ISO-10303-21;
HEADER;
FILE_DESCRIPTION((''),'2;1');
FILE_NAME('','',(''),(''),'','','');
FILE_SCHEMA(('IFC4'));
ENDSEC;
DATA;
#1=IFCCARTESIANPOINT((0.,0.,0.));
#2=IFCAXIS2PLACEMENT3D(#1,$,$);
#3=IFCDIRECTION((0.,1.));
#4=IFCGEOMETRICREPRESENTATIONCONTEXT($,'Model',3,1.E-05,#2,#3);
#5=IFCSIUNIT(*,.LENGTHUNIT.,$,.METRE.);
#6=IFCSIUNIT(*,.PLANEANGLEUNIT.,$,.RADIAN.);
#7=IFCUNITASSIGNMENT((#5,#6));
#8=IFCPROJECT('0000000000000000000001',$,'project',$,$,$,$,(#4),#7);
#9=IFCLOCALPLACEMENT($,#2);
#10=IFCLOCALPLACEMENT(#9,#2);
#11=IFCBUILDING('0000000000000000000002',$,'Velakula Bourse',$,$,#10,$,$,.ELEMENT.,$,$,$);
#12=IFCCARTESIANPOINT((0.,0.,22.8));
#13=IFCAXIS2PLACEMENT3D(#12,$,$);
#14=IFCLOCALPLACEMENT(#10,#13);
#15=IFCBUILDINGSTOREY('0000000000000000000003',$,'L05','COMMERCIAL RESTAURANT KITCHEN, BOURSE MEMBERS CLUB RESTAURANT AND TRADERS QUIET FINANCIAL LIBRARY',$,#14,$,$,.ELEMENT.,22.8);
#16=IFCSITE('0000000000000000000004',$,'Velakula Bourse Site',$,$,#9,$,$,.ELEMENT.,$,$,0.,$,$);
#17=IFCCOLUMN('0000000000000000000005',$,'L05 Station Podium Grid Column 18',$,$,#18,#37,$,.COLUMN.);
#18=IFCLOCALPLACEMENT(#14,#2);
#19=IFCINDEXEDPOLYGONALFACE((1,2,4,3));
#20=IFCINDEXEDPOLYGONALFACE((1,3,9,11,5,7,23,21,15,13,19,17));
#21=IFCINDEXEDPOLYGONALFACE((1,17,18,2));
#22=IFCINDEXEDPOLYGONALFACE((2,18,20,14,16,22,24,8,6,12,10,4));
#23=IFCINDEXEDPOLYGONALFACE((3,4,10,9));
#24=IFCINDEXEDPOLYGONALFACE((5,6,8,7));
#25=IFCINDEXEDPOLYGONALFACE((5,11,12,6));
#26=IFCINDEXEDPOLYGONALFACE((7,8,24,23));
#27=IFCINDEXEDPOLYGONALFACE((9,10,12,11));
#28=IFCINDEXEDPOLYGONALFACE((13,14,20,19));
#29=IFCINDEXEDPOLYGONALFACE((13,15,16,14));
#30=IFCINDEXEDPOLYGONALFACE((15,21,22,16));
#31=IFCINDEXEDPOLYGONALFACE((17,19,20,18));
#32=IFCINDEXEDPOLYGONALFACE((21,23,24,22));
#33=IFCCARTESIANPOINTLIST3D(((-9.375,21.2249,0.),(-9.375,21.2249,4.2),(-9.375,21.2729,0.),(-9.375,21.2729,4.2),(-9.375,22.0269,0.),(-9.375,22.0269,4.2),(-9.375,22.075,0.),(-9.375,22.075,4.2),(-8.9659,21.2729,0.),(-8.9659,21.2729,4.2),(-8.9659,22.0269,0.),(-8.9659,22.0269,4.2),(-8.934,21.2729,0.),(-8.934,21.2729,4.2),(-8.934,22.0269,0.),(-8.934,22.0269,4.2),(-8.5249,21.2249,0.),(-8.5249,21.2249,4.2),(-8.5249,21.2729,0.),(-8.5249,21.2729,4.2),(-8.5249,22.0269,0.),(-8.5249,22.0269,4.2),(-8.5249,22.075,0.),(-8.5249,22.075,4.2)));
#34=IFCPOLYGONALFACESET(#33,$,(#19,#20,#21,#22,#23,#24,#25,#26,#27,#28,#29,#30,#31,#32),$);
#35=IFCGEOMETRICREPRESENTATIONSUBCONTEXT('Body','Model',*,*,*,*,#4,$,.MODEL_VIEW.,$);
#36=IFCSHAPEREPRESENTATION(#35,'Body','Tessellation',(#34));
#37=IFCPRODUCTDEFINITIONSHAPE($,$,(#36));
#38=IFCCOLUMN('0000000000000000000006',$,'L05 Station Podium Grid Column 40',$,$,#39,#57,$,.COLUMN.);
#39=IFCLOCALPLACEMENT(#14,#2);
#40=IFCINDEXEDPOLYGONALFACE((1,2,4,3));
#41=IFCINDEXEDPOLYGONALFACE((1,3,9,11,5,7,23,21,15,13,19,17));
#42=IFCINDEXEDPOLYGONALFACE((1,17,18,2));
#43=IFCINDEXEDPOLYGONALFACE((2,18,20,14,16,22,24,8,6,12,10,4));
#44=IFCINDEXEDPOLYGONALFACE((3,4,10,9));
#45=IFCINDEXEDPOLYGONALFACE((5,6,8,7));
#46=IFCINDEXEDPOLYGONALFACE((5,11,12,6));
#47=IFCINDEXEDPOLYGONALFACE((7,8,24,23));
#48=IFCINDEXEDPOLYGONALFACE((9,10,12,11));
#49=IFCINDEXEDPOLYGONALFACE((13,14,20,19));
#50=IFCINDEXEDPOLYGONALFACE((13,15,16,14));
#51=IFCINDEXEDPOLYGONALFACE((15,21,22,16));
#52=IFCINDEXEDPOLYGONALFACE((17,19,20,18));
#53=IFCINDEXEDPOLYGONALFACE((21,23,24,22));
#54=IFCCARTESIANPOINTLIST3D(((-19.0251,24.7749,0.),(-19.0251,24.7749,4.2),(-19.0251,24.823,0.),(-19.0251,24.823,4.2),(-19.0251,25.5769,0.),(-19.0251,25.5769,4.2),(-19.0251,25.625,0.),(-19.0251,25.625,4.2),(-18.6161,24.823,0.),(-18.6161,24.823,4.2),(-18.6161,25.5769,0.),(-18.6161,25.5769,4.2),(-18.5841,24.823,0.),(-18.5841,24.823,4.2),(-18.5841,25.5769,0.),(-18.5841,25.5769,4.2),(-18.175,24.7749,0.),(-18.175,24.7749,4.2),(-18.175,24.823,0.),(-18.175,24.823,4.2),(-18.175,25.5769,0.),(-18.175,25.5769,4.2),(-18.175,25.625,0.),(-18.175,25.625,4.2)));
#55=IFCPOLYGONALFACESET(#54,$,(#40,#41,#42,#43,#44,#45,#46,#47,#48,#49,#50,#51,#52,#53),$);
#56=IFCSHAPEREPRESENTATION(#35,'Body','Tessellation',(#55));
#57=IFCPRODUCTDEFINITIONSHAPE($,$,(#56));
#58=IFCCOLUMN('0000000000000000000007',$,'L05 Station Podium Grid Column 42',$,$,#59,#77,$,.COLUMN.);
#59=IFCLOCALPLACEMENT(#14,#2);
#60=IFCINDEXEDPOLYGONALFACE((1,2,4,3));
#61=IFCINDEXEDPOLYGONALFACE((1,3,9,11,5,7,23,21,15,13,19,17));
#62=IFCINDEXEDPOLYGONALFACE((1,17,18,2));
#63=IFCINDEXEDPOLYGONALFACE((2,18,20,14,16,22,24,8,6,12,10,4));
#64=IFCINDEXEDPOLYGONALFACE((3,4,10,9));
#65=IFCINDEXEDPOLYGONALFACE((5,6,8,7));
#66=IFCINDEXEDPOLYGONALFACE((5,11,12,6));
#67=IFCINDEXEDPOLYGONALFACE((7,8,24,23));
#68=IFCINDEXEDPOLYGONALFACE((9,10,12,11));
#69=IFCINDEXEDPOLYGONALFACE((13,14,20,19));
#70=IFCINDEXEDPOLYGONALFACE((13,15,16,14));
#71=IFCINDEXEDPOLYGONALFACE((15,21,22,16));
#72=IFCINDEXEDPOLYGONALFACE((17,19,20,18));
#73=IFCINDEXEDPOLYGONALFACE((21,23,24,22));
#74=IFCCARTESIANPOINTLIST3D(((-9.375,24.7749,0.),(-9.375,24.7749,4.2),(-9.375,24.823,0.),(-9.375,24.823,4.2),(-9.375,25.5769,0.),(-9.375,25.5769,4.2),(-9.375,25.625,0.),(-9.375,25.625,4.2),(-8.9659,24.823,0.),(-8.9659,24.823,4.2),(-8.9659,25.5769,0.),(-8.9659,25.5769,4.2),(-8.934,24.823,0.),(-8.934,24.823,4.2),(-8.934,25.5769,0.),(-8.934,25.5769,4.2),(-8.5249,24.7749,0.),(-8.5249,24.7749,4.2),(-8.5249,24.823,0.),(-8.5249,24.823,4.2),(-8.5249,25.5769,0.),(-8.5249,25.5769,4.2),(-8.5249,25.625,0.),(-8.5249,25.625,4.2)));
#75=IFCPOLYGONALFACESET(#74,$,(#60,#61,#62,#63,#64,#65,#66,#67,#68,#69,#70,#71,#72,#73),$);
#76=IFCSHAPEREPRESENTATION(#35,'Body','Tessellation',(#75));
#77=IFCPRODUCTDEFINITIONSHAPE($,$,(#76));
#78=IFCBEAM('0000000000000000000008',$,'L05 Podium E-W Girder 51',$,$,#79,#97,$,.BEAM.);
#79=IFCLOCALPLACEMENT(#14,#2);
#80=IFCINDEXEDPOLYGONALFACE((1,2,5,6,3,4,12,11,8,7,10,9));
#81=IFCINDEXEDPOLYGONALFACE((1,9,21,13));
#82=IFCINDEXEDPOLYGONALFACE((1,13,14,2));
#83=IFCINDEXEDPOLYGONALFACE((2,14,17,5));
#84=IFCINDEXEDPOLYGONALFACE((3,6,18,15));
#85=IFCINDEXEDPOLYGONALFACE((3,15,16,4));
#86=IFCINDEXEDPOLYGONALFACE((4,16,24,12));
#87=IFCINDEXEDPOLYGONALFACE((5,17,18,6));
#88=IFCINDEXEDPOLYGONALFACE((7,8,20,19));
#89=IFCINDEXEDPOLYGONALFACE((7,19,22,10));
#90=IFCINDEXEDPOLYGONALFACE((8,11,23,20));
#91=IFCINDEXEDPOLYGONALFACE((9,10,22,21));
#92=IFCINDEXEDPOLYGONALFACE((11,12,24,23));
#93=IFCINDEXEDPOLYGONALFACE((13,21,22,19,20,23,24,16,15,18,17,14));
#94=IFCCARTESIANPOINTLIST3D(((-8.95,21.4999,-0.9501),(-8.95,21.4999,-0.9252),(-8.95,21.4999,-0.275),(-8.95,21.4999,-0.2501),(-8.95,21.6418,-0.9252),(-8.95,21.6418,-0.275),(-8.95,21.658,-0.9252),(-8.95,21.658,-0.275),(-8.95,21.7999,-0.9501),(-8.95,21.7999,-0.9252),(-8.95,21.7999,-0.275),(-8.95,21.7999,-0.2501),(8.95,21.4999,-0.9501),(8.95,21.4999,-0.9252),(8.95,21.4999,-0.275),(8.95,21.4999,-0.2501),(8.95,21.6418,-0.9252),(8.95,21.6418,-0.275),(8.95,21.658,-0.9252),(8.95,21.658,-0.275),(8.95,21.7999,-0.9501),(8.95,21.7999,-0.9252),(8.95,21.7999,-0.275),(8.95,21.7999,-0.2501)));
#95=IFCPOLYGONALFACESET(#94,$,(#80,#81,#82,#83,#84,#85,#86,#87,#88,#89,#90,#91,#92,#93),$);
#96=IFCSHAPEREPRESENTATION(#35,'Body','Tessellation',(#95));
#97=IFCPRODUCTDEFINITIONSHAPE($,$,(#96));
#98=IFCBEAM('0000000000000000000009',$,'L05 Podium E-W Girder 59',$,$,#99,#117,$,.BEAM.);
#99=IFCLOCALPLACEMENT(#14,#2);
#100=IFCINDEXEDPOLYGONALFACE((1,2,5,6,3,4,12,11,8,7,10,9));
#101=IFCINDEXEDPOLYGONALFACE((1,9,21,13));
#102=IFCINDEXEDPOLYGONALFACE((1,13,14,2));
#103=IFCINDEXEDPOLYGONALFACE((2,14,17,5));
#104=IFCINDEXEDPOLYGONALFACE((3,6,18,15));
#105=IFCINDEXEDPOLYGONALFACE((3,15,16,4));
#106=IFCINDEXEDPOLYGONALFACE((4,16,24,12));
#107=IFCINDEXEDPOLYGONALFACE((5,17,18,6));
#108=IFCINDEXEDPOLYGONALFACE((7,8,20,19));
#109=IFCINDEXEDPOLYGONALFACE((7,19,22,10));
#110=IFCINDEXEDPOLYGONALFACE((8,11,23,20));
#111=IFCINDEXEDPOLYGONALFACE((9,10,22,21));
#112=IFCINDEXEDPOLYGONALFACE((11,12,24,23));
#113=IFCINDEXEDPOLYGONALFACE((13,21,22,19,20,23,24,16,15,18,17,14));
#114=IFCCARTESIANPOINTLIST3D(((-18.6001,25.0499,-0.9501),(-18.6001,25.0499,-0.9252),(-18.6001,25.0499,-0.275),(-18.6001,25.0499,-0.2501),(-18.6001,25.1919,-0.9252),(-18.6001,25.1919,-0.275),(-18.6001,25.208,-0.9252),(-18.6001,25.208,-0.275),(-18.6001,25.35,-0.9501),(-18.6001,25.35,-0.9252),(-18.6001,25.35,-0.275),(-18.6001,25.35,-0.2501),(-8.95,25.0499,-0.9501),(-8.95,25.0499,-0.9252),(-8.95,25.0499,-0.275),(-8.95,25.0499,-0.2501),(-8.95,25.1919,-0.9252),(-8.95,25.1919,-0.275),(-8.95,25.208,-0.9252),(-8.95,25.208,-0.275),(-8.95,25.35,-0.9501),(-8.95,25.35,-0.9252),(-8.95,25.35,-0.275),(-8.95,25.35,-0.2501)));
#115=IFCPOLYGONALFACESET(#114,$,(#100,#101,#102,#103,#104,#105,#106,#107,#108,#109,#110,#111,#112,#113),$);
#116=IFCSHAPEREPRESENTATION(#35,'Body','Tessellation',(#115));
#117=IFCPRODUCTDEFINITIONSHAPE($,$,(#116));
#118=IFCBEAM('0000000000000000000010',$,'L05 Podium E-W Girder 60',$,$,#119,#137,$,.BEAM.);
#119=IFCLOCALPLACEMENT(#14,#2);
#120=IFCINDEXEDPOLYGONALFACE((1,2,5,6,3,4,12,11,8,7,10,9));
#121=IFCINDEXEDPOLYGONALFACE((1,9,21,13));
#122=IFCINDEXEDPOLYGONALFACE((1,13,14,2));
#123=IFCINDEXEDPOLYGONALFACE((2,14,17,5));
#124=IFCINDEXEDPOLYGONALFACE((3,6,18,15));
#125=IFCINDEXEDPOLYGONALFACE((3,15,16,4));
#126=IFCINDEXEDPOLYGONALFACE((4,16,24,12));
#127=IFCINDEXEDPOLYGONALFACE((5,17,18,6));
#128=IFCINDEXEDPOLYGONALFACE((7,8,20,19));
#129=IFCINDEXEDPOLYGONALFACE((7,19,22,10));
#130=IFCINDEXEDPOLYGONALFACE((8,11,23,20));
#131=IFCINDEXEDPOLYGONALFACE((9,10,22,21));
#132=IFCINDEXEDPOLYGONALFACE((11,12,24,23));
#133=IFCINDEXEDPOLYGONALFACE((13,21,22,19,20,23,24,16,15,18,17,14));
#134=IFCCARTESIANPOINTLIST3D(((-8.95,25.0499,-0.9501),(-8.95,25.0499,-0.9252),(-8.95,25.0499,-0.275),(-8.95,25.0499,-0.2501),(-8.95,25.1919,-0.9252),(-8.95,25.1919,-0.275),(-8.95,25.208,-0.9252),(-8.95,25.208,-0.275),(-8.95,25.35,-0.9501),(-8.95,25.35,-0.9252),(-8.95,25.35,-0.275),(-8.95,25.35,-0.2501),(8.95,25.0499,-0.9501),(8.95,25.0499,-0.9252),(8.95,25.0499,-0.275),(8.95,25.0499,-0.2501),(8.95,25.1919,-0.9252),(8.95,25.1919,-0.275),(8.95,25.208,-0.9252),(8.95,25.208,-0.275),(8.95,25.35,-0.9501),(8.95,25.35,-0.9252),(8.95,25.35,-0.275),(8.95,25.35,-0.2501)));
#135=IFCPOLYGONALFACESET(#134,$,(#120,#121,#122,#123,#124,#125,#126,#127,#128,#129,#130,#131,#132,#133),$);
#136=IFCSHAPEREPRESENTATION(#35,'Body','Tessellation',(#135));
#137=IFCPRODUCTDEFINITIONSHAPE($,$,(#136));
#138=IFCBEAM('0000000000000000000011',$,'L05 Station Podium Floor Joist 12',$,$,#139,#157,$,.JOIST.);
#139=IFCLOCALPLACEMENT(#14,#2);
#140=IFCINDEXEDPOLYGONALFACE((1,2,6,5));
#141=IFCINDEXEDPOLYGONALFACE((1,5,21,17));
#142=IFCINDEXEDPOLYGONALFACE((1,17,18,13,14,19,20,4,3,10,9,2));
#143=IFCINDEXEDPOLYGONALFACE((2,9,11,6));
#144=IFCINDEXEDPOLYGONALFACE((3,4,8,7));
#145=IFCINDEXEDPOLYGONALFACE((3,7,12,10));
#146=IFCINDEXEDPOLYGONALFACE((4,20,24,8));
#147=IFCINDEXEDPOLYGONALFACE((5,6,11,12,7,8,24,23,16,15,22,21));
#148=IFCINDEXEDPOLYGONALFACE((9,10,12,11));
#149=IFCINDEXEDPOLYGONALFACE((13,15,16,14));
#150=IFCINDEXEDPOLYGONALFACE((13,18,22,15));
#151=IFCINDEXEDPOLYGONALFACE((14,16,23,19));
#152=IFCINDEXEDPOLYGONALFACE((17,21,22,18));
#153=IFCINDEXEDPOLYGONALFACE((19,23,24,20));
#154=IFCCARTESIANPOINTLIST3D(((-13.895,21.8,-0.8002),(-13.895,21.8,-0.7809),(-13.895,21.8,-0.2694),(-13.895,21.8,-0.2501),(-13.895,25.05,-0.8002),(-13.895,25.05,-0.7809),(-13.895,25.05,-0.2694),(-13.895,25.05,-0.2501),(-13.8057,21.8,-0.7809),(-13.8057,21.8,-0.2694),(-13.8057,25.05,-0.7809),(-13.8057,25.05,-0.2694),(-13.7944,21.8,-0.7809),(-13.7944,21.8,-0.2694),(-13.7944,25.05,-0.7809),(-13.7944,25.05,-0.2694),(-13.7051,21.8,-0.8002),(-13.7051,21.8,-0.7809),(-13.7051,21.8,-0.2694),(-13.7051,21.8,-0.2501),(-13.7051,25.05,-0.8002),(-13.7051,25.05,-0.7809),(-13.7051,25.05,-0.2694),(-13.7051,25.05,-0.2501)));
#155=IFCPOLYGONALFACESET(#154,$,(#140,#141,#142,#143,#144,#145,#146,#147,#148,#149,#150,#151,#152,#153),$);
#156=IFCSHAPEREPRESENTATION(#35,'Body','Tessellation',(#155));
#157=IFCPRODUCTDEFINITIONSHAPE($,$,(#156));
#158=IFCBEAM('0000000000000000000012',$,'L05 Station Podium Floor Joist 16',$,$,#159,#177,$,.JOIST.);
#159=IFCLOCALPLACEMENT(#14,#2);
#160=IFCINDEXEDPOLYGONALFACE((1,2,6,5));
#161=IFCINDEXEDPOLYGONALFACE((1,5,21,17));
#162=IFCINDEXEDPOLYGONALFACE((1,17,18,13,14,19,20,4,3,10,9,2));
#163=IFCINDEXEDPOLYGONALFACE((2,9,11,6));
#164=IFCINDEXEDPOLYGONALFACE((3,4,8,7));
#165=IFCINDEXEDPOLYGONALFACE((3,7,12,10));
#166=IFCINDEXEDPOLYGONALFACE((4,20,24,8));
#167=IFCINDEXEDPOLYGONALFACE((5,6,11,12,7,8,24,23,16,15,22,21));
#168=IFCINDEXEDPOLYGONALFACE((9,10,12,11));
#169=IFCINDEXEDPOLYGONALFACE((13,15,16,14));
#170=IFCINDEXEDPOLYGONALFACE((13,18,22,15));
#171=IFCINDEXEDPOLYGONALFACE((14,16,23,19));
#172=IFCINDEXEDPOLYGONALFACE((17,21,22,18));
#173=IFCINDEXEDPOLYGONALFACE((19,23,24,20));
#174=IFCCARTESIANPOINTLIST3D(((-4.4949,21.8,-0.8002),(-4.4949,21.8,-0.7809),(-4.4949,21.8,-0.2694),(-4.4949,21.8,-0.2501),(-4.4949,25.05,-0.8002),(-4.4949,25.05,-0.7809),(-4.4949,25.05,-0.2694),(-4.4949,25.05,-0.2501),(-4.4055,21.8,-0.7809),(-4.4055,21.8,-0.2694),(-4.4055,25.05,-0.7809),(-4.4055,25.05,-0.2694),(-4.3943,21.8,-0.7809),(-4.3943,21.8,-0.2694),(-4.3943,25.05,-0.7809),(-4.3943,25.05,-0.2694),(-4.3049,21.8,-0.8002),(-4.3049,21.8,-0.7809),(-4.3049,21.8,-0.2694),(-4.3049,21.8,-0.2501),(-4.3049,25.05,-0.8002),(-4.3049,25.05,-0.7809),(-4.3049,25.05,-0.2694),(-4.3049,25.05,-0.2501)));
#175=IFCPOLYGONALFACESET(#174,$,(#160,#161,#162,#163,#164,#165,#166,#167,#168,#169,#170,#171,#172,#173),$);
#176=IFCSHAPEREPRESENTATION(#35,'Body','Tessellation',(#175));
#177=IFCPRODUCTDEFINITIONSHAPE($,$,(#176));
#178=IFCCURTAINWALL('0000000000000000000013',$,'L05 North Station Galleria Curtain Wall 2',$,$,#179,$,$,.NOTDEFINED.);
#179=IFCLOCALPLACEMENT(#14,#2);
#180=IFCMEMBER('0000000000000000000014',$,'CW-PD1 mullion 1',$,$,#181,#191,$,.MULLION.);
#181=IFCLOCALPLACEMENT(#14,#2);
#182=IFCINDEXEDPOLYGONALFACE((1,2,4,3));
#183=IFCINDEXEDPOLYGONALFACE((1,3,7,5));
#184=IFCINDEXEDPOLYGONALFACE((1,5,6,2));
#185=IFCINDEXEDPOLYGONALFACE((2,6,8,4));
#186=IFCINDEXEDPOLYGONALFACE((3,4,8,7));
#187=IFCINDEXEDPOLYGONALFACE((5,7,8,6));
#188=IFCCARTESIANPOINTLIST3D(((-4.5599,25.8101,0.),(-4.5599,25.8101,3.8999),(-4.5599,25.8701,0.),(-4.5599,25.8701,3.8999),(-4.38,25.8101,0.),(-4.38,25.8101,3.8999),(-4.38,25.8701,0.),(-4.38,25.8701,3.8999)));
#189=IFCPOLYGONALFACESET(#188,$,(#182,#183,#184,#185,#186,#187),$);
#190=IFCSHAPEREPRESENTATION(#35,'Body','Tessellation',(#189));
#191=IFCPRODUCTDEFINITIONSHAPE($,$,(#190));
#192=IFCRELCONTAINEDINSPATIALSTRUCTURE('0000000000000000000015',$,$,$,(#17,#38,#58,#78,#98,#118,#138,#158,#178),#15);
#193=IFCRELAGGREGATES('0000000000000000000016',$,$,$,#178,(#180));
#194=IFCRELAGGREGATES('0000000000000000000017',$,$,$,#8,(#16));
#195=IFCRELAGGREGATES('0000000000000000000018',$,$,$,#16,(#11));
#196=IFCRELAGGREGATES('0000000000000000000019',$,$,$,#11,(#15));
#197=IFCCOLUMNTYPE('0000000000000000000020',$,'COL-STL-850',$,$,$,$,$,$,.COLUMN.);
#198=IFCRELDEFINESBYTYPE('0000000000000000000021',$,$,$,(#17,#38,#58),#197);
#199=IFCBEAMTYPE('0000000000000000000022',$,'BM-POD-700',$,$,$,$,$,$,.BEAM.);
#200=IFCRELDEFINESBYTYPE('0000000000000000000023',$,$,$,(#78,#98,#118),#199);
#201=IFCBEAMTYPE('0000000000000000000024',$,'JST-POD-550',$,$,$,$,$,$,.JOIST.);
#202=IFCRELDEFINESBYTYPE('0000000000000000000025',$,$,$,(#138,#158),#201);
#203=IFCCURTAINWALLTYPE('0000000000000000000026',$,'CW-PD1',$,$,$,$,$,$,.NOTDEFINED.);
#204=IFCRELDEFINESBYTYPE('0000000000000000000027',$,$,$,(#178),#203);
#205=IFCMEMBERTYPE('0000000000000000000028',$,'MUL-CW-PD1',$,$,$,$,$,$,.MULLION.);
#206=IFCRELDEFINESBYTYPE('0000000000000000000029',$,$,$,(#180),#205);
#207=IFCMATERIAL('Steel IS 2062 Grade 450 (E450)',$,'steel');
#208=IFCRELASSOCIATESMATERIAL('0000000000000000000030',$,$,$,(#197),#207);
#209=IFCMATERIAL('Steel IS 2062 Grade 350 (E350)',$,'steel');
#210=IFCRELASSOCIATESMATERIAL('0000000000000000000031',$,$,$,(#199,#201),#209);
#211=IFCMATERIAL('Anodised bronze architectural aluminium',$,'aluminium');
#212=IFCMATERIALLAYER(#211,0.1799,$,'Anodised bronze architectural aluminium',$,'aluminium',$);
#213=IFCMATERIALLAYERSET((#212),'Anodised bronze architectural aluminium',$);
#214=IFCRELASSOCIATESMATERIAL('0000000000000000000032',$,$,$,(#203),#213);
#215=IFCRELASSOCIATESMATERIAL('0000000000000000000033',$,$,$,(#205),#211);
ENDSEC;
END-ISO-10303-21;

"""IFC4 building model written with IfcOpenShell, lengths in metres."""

from ifc_helpers import new_model, si_unit, direction, frame, origin, origin_2d, place, context, subcontext, project, spatial, rectangle, i_section, extrude, material, layer, layer_set, material_profile, profile_set, type_object, element, aggregate, save


model = new_model("IFC4")

# Units and contexts
model_context = context("Model", 3, precision=1e-05, world=origin(), true_north=direction((0.0, 1.0)))
body_context = subcontext(model_context, "Body", "Model", "MODEL_VIEW")
ifc_project = project(units=[si_unit("LENGTHUNIT", "METRE"), si_unit("PLANEANGLEUNIT", "RADIAN")], contexts=[model_context])

# Site, building, storey
site_placement = place(None, origin())
site = spatial("IfcSite", under=ifc_project, at=site_placement, Name="Velakula Bourse Site", CompositionType="ELEMENT", RefElevation=0.0)
building_placement = place(site_placement, origin())
building = spatial("IfcBuilding", under=site, at=building_placement, Name="Velakula Bourse", CompositionType="ELEMENT")
storey_placement = place(building_placement, frame((0.0, 0.0, 22.8)))
storey = spatial("IfcBuildingStorey", under=building, at=storey_placement, Name="L05", Description="COMMERCIAL RESTAURANT KITCHEN, BOURSE MEMBERS CLUB RESTAURANT AND TRADERS QUIET FINANCIAL LIBRARY", CompositionType="ELEMENT", Elevation=22.8)

# Columns
ifc_material_1 = material(Name="Steel IS 2062 Grade 450 (E450)", Category="steel")
ifc_material_profile_1 = material_profile(ifc_material_1, i_section(OverallWidth=0.8501, OverallDepth=0.8501, WebThickness=0.032, FlangeThickness=0.0481, at=origin_2d()), Name="Steel IS 2062 Grade 450 (E450)")
ifc_profile_set_1 = profile_set([ifc_material_profile_1], Name="Steel IS 2062 Grade 450 (E450)")
column_type = type_object("IfcColumnType", Name="COL-STL-850", PredefinedType="COLUMN", material=ifc_profile_set_1)
for number, where, z_axis, x_axis, name in (
    (1, (-8.95, 21.6499, 0.0), (0.0, 0.0, 1.0), (1.0, 0.0, 0.0), "L05 Station Podium Grid Column 18"),
    (2, (-18.6001, 25.2, 0.0), (0.0, 0.0, 1.0), (1.0, 0.0, 0.0), "L05 Station Podium Grid Column 40"),
    (3, (-8.95, 25.2, 0.0), (0.0, 0.0, 1.0), (1.0, 0.0, 0.0), "L05 Station Podium Grid Column 42"),
):
    element("IfcColumn", number, at=place(storey_placement, frame(where, z_axis=z_axis, x_axis=x_axis)), inside=storey, type_object=column_type, Name=name, PredefinedType="COLUMN", context=body_context, shape_type="SweptSolid", body=[
        extrude(i_section(OverallWidth=0.8501, OverallDepth=0.8501, WebThickness=0.032, FlangeThickness=0.0481, at=origin_2d()), origin(), (0.0, 0.0, 1.0), 4.2),
    ])

# Beams
ifc_material_2 = material(Name="Steel IS 2062 Grade 350 (E350)", Category="steel")
ifc_material_profile_2 = material_profile(ifc_material_2, i_section(OverallWidth=0.3, OverallDepth=0.7, WebThickness=0.0161, FlangeThickness=0.0249, at=origin_2d()), Name="Steel IS 2062 Grade 350 (E350)")
ifc_profile_set_2 = profile_set([ifc_material_profile_2], Name="Steel IS 2062 Grade 350 (E350)")
beam_type_1 = type_object("IfcBeamType", Name="BM-POD-700", PredefinedType="BEAM", material=ifc_profile_set_2)
beam_1_placement = place(storey_placement, frame((-8.95, 21.6499, -0.6001), z_axis=(1.0, 0.0, 0.0), x_axis=(0.0, 1.0, 0.0)))
element("IfcBeam", 4, at=beam_1_placement, inside=storey, type_object=beam_type_1, Name="L05 Podium E-W Girder 51", PredefinedType="BEAM", context=body_context, shape_type="SweptSolid", body=[
    extrude(i_section(OverallWidth=0.3, OverallDepth=0.7, WebThickness=0.0161, FlangeThickness=0.0249, at=origin_2d()), origin(), (0.0, 0.0, 1.0), 17.8999),
])
beam_2_placement = place(storey_placement, frame((-18.6001, 25.2, -0.6001), z_axis=(1.0, 0.0, 0.0), x_axis=(0.0, 1.0, 0.0)))
element("IfcBeam", 5, at=beam_2_placement, inside=storey, type_object=beam_type_1, Name="L05 Podium E-W Girder 59", PredefinedType="BEAM", context=body_context, shape_type="SweptSolid", body=[
    extrude(i_section(OverallWidth=0.3, OverallDepth=0.7, WebThickness=0.0161, FlangeThickness=0.0249, at=origin_2d()), origin(), (0.0, 0.0, 1.0), 9.6501),
])
beam_3_placement = place(storey_placement, frame((-8.95, 25.2, -0.6001), z_axis=(1.0, 0.0, 0.0), x_axis=(0.0, 1.0, 0.0)))
element("IfcBeam", 6, at=beam_3_placement, inside=storey, type_object=beam_type_1, Name="L05 Podium E-W Girder 60", PredefinedType="BEAM", context=body_context, shape_type="SweptSolid", body=[
    extrude(i_section(OverallWidth=0.3, OverallDepth=0.7, WebThickness=0.0161, FlangeThickness=0.0249, at=origin_2d()), origin(), (0.0, 0.0, 1.0), 17.8999),
])
ifc_material_profile_3 = material_profile(ifc_material_2, i_section(OverallWidth=0.1899, OverallDepth=0.55, WebThickness=0.0112, FlangeThickness=0.0193, at=origin_2d()), Name="Steel IS 2062 Grade 350 (E350)")
ifc_profile_set_3 = profile_set([ifc_material_profile_3], Name="Steel IS 2062 Grade 350 (E350)")
beam_type_2 = type_object("IfcBeamType", Name="JST-POD-550", PredefinedType="JOIST", material=ifc_profile_set_3)
for number, where, z_axis, x_axis, name in (
    (7, (-13.8, 21.8, -0.5251), (0.0, 1.0, 0.0), (-1.0, 0.0, 0.0), "L05 Station Podium Floor Joist 12"),
    (8, (-4.3999, 21.8, -0.5251), (0.0, 1.0, 0.0), (-1.0, 0.0, 0.0), "L05 Station Podium Floor Joist 16"),
):
    element("IfcBeam", number, at=place(storey_placement, frame(where, z_axis=z_axis, x_axis=x_axis)), inside=storey, type_object=beam_type_2, Name=name, PredefinedType="JOIST", context=body_context, shape_type="SweptSolid", body=[
        extrude(i_section(OverallWidth=0.1899, OverallDepth=0.55, WebThickness=0.0112, FlangeThickness=0.0193, at=origin_2d()), origin(), (0.0, 0.0, 1.0), 3.25),
    ])

# Curtain wall, member
ifc_material_3 = material(Name="Anodised bronze architectural aluminium", Category="aluminium")
ifc_layer_1 = layer(ifc_material_3, 0.1799, Name="Anodised bronze architectural aluminium", Category="aluminium")
ifc_layer_set_1 = layer_set([ifc_layer_1], Name="Anodised bronze architectural aluminium")
curtain_wall_type = type_object("IfcCurtainWallType", Name="CW-PD1", PredefinedType="NOTDEFINED", material=ifc_layer_set_1)
curtain_wall_placement = place(storey_placement, origin())
curtain_wall = element("IfcCurtainWall", 9, at=curtain_wall_placement, inside=storey, type_object=curtain_wall_type, Name="L05 North Station Galleria Curtain Wall 2", PredefinedType="NOTDEFINED")
ifc_material_profile_4 = material_profile(ifc_material_3, rectangle(XDim=0.0601, YDim=0.1799, at=origin_2d()), Name="Anodised bronze architectural aluminium")
ifc_profile_set_4 = profile_set([ifc_material_profile_4], Name="Anodised bronze architectural aluminium")
member_type_1 = type_object("IfcMemberType", Name="MUL-CW-PD1", PredefinedType="MULLION", material=ifc_profile_set_4)
member_1_placement = place(storey_placement, frame((-4.47, 25.8401, 0.0), z_axis=(0.0, 0.0, 1.0), x_axis=(0.0, 1.0, 0.0)))
member_1 = element("IfcMember", 10, at=member_1_placement, type_object=member_type_1, Name="CW-PD1 mullion 1", PredefinedType="MULLION", context=body_context, shape_type="SweptSolid", body=[
    extrude(rectangle(XDim=0.0601, YDim=0.1799, at=origin_2d()), origin(), (0.0, 0.0, 1.0), 3.8999),
])
aggregate(curtain_wall, [member_1])

save(model, "model.ifc")
